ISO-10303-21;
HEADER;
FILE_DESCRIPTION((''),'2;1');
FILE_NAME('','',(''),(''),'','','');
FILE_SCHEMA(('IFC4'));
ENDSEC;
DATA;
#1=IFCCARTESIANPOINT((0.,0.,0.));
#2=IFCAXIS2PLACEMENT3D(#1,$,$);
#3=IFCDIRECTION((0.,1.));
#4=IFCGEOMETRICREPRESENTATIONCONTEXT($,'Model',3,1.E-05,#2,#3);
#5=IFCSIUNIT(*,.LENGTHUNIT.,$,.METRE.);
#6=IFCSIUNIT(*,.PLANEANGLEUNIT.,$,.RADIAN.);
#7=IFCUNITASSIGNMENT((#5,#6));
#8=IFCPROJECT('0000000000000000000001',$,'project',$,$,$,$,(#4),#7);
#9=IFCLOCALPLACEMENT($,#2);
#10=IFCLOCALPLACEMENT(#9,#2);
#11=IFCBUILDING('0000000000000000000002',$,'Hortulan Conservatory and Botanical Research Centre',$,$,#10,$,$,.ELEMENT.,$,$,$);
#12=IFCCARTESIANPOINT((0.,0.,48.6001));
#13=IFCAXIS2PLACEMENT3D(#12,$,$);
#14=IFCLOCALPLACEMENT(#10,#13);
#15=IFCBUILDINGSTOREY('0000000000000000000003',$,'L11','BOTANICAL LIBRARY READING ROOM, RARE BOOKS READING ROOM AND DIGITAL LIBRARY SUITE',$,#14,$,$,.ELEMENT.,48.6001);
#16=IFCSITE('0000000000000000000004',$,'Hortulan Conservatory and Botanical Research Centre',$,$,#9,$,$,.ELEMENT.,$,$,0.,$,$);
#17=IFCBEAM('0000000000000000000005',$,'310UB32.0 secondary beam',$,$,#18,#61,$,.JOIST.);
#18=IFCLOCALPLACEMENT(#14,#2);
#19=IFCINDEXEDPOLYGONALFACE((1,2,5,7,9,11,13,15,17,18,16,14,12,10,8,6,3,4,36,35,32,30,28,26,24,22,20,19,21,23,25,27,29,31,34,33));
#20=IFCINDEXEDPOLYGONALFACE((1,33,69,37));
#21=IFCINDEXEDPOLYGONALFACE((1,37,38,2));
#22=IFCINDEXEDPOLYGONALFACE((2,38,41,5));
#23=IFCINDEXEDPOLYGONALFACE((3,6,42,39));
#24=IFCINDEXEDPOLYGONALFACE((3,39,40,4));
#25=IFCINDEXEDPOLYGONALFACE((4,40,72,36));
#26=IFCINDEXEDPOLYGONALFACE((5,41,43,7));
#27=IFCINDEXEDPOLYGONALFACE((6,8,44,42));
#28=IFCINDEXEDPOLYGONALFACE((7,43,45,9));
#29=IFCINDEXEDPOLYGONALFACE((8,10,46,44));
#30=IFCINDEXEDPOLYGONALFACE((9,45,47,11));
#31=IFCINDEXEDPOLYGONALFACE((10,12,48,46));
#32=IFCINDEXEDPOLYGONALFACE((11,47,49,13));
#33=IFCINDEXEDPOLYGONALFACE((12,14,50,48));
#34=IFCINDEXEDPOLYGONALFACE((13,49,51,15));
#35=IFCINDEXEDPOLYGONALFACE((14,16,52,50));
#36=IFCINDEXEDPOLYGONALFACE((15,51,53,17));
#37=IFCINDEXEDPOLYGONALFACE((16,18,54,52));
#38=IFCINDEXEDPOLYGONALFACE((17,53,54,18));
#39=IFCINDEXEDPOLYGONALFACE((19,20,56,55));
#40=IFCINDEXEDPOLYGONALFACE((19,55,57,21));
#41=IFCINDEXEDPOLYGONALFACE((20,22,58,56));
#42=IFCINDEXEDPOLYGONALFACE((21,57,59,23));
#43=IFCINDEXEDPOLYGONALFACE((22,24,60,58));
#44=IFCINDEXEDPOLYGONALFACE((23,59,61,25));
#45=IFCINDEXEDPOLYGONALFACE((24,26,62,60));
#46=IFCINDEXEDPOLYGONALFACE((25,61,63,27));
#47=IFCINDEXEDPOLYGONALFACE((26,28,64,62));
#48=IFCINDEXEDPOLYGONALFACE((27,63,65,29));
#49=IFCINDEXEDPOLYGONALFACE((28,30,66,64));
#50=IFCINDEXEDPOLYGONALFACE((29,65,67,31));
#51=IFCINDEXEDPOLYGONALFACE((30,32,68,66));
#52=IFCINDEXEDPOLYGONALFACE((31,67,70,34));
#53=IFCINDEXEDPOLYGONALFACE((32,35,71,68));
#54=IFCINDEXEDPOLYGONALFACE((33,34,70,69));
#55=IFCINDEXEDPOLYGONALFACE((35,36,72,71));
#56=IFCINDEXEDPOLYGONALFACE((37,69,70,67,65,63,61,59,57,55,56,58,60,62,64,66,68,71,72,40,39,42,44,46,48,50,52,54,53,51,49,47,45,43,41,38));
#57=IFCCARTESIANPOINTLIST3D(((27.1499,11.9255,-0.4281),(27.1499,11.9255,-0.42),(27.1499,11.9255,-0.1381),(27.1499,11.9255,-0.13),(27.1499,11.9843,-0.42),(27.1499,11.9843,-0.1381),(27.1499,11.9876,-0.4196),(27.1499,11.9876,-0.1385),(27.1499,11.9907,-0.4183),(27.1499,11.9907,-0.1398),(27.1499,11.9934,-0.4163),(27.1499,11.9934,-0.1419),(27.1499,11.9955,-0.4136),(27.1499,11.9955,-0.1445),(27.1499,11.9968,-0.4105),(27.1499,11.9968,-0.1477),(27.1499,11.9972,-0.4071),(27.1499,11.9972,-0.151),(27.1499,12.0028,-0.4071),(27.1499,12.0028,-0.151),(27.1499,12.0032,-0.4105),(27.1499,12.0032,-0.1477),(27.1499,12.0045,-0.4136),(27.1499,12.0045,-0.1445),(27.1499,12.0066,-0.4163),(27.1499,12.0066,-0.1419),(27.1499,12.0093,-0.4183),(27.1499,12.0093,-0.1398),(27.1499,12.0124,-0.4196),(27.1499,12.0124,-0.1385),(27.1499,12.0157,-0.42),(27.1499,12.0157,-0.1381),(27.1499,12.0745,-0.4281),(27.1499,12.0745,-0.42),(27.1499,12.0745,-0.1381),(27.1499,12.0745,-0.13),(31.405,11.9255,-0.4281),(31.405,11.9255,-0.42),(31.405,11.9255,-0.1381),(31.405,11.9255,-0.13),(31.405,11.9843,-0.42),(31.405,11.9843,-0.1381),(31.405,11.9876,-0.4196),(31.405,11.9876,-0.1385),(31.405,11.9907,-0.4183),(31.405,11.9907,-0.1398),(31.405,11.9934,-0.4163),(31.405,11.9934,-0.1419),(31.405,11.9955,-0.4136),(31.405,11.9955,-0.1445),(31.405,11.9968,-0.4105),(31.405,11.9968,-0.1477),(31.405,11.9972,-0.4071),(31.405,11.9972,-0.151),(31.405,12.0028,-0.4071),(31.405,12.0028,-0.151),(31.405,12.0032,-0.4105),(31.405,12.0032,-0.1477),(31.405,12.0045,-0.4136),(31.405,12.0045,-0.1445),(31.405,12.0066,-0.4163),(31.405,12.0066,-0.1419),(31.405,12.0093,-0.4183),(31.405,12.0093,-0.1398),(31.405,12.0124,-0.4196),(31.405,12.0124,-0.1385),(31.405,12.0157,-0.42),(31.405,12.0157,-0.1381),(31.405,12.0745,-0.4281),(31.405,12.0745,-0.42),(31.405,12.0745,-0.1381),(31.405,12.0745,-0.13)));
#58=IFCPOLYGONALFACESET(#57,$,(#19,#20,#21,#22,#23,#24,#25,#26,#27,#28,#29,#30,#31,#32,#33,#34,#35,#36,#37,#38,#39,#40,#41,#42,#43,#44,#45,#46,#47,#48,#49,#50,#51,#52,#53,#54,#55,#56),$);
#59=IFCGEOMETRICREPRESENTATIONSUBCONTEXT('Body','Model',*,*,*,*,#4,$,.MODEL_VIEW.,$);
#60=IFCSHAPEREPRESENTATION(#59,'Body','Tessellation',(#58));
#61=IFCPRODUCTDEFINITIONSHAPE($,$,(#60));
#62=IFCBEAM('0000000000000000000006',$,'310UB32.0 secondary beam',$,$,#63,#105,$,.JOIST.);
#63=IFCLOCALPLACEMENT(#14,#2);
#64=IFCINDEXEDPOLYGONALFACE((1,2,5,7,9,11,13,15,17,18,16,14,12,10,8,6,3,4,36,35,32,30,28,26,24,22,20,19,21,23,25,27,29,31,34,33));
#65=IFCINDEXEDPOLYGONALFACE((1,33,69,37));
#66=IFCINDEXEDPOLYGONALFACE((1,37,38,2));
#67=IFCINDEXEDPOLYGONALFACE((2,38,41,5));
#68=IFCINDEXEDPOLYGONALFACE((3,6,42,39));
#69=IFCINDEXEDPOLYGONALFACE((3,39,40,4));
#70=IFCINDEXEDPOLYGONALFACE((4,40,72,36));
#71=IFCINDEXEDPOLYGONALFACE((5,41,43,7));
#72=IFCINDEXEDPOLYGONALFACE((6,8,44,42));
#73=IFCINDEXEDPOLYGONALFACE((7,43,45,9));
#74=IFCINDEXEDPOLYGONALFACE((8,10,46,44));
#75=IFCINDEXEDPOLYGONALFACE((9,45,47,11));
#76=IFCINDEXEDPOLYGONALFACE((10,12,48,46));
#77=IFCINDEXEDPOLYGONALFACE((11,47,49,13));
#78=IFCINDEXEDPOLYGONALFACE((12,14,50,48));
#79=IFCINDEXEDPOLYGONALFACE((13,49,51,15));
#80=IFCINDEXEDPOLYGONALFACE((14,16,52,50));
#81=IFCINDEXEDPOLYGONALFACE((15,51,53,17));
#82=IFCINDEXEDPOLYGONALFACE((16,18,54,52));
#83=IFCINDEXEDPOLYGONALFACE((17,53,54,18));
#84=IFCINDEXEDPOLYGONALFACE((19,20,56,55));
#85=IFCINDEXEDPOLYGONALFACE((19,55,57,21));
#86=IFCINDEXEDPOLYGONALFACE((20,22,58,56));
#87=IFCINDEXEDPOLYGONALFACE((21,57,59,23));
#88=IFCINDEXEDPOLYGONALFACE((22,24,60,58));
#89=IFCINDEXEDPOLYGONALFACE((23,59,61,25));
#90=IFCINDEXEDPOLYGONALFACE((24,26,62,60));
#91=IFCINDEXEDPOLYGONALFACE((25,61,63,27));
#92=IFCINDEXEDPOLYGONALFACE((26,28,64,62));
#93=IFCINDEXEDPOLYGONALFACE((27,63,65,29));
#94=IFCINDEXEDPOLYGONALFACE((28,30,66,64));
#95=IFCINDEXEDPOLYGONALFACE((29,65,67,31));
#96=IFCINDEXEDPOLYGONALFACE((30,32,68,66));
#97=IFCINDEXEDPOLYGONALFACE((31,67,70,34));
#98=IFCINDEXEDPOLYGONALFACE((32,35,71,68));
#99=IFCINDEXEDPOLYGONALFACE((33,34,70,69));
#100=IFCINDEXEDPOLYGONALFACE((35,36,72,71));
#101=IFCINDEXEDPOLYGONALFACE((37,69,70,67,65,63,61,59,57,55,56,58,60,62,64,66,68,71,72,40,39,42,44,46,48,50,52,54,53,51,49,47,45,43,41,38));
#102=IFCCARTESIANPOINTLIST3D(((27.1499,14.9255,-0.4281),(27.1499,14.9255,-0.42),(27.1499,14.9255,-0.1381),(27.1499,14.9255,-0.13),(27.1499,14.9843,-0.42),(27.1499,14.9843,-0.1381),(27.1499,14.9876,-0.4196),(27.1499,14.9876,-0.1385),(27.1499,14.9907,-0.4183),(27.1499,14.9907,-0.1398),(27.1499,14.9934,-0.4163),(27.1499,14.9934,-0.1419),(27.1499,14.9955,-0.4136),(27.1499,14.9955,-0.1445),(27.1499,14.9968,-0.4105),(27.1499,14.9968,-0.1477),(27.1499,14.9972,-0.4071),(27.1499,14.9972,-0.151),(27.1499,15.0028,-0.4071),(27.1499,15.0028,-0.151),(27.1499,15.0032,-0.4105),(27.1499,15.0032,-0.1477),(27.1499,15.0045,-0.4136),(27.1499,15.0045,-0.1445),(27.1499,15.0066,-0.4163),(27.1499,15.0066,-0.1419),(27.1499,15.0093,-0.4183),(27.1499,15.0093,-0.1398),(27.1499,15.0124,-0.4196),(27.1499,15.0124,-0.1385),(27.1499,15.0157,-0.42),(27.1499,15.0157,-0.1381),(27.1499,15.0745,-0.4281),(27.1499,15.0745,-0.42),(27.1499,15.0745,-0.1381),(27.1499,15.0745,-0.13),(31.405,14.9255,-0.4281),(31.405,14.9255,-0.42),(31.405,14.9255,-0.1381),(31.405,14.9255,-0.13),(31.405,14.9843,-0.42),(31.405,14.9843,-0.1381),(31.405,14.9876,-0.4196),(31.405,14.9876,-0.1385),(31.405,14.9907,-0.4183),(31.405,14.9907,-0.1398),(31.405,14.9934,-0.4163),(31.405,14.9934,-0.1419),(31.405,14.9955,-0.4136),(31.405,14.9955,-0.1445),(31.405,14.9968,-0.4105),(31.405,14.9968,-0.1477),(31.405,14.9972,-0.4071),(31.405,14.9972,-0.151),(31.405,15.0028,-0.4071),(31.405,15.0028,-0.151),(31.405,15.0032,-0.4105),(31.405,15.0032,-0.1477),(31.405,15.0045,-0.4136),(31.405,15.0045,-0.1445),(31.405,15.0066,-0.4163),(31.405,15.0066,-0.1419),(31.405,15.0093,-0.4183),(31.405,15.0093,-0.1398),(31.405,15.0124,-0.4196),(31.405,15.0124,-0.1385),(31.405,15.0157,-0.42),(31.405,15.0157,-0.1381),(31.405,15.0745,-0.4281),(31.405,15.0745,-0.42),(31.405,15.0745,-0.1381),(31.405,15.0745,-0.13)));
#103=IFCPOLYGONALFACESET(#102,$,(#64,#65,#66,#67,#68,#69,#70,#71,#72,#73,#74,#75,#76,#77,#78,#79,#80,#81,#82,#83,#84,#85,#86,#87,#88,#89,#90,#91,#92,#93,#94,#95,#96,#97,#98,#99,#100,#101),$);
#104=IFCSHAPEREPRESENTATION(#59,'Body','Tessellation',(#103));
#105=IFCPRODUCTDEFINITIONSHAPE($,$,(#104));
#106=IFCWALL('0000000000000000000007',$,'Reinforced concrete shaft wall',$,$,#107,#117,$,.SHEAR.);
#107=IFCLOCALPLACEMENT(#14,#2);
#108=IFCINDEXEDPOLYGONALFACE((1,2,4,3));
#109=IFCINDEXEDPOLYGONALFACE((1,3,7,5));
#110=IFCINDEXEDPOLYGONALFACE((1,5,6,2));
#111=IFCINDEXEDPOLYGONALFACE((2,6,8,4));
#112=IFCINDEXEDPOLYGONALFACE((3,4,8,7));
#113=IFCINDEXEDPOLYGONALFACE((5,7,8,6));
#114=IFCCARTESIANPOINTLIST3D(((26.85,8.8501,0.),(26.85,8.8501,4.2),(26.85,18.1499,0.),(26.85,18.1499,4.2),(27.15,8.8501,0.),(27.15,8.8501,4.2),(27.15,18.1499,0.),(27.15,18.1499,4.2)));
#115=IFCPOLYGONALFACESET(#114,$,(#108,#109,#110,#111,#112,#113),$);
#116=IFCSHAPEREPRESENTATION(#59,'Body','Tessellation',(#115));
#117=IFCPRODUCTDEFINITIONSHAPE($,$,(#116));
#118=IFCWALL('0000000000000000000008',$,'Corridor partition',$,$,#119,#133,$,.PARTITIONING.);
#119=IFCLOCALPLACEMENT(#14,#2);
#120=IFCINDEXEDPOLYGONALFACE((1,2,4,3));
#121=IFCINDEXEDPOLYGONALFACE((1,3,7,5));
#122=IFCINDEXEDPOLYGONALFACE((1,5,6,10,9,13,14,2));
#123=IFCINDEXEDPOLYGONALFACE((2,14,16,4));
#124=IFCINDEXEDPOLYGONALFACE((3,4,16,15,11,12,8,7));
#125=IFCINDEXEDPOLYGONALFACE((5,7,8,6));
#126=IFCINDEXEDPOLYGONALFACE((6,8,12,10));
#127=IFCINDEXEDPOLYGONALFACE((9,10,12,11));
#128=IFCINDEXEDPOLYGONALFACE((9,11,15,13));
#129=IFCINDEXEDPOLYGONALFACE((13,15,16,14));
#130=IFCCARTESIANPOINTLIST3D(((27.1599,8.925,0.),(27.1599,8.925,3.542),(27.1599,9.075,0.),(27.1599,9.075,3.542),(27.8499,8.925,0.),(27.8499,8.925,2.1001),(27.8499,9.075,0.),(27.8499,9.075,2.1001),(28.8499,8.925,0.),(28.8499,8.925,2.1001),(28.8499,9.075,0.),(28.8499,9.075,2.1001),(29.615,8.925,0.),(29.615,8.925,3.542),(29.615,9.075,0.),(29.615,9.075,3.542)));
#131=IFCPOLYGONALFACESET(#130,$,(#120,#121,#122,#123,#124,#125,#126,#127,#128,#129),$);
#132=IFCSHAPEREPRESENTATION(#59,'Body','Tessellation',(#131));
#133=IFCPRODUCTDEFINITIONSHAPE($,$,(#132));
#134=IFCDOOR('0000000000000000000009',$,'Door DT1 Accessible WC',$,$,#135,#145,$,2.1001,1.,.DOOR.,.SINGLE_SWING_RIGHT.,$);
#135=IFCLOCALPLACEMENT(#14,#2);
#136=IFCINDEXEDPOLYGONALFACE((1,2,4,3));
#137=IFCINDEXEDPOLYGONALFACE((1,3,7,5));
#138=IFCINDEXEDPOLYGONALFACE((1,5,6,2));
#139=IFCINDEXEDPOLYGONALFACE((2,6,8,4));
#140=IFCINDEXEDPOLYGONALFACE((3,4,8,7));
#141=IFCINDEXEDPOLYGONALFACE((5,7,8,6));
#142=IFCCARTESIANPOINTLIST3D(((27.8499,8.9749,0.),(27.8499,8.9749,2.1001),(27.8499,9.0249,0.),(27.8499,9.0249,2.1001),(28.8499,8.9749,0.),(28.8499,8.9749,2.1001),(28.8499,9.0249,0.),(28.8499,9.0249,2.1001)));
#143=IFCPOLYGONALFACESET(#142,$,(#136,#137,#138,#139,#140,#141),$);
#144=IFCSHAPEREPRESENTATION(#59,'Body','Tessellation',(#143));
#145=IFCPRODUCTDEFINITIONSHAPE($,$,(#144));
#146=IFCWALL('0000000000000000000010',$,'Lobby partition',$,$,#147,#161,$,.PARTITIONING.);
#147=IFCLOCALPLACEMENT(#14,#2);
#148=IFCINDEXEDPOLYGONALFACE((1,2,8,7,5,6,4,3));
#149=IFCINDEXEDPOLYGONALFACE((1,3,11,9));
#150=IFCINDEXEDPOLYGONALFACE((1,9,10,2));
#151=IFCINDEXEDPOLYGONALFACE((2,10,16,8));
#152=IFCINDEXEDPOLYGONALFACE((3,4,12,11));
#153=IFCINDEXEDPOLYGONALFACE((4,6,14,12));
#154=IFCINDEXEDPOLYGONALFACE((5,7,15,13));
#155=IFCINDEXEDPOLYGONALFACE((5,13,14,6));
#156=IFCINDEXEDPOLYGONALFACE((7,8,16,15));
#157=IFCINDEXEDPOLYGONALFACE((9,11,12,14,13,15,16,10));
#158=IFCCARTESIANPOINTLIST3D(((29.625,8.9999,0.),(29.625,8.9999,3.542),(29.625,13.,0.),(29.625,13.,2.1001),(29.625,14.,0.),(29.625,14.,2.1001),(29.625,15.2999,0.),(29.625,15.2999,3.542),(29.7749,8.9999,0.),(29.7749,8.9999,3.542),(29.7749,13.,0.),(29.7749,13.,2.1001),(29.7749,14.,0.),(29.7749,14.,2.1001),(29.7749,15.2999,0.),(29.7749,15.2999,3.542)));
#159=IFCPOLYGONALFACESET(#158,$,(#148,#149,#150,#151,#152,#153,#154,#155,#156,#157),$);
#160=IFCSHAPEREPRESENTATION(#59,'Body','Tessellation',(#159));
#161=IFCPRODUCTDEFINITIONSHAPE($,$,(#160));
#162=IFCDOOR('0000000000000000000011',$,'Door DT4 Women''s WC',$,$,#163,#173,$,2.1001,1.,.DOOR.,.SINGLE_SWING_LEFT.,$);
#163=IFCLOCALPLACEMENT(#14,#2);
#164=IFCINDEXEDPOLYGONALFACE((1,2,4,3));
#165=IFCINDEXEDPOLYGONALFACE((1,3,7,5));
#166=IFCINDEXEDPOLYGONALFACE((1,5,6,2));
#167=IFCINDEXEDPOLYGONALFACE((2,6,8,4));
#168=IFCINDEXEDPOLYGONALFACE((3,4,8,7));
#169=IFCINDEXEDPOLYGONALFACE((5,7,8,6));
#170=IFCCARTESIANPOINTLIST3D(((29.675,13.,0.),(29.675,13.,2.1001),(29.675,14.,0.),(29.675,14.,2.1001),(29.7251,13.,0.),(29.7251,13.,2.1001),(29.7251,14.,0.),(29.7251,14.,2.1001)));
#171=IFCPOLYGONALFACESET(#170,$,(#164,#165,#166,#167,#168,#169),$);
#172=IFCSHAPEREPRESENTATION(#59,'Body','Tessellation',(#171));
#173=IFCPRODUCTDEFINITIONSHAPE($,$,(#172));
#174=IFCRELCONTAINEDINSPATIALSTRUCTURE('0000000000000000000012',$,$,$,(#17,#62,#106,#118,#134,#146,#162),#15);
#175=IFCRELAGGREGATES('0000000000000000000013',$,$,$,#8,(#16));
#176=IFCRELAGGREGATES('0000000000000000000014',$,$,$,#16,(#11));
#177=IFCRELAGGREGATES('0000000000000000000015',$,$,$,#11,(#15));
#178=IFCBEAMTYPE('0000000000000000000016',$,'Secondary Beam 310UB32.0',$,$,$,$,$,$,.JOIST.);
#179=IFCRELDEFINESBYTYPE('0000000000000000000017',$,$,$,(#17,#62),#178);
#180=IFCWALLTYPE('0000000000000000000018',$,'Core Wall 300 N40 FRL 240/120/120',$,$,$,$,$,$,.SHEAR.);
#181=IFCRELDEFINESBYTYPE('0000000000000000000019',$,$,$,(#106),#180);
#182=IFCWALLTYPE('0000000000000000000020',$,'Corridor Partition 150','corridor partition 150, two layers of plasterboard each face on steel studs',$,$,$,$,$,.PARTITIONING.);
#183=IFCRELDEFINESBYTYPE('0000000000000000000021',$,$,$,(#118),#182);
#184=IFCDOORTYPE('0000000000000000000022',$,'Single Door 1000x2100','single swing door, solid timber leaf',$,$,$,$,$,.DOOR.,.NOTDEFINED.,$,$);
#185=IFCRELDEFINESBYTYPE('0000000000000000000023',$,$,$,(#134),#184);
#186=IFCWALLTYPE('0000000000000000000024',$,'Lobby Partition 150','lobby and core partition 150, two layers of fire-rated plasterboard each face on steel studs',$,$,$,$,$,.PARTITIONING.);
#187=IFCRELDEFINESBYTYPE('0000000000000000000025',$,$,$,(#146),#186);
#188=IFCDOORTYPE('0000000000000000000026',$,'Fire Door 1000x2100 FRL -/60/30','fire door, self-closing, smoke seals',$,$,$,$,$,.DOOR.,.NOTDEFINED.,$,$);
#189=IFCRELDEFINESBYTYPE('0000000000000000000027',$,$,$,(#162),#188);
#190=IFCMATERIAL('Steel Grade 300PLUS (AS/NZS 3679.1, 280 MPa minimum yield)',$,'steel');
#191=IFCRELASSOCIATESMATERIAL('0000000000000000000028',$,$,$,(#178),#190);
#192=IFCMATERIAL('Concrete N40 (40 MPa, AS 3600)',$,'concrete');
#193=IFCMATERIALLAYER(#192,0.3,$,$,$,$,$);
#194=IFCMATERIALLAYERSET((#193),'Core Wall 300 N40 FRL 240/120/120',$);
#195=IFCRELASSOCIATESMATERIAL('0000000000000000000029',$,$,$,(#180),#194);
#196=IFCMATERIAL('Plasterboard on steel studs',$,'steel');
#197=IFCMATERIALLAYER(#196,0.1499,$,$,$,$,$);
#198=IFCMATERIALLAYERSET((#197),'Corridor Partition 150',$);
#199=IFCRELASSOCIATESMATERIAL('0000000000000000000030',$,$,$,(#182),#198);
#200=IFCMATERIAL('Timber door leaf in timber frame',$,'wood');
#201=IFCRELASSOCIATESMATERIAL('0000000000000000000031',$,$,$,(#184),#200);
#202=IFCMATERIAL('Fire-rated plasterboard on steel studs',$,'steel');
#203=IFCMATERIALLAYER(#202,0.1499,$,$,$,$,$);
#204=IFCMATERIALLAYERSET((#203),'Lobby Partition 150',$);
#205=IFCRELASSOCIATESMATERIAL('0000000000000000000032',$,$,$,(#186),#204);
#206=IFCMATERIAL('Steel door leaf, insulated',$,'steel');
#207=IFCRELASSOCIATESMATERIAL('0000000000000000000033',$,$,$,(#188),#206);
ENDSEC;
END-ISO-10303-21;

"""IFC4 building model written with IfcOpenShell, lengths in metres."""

from ifc_helpers import new_model, si_unit, direction, frame, frame_2d, origin, origin_2d, place, context, subcontext, project, spatial, rectangle, i_section, extrude, material, layer, layer_set, material_profile, profile_set, type_object, element, fill, save


model = new_model("IFC4")

# Units and contexts
model_context = context("Model", 3, precision=1e-05, world=origin(), true_north=direction((0.0, 1.0)))
body_context = subcontext(model_context, "Body", "Model", "MODEL_VIEW")
ifc_project = project(units=[si_unit("LENGTHUNIT", "METRE"), si_unit("PLANEANGLEUNIT", "RADIAN")], contexts=[model_context])

# Site, building, storey
site_placement = place(None, origin())
site = spatial("IfcSite", under=ifc_project, at=site_placement, Name="Hortulan Conservatory and Botanical Research Centre", CompositionType="ELEMENT", RefElevation=0.0)
building_placement = place(site_placement, origin())
building = spatial("IfcBuilding", under=site, at=building_placement, Name="Hortulan Conservatory and Botanical Research Centre", CompositionType="ELEMENT")
storey_placement = place(building_placement, frame((0.0, 0.0, 48.6001)))
storey = spatial("IfcBuildingStorey", under=building, at=storey_placement, Name="L11", Description="BOTANICAL LIBRARY READING ROOM, RARE BOOKS READING ROOM AND DIGITAL LIBRARY SUITE", CompositionType="ELEMENT", Elevation=48.6001)

# Shared definitions
ifc_material_1 = material(Name="Steel Grade 300PLUS (AS/NZS 3679.1, 280 MPa minimum yield)", Category="steel")

# Beams
ifc_material_profile_1 = material_profile(ifc_material_1, i_section(OverallWidth=0.1489, OverallDepth=0.2981, WebThickness=0.0056, FlangeThickness=0.0081, FilletRadius=0.0129, at=origin_2d()), Name="310UB32.0")
ifc_profile_set_1 = profile_set([ifc_material_profile_1], Name="Steel Grade 300PLUS (AS/NZS 3679.1, 280 MPa minimum yield)")
beam_type_1 = type_object("IfcBeamType", Name="Secondary Beam 310UB32.0", PredefinedType="JOIST", material=ifc_profile_set_1)
for number, where, z_axis, x_axis, name in (
    (1, (27.1499, 12.0, -0.2791), (1.0, 0.0, 0.0), (0.0, 1.0, 0.0), "310UB32.0 secondary beam"),
    (2, (27.1499, 15.0, -0.2791), (1.0, 0.0, 0.0), (0.0, 1.0, 0.0), "310UB32.0 secondary beam"),
):
    element("IfcBeam", number, at=place(storey_placement, frame(where, z_axis=z_axis, x_axis=x_axis)), inside=storey, type_object=beam_type_1, Name=name, PredefinedType="JOIST", context=body_context, shape_type="SweptSolid", body=[
        extrude(i_section(OverallWidth=0.1489, OverallDepth=0.2981, WebThickness=0.0056, FlangeThickness=0.0081, FilletRadius=0.0129, at=origin_2d()), origin(), (0.0, 0.0, 1.0), 4.2551),
    ])

# Wall
ifc_material_2 = material(Name="Concrete N40 (40 MPa, AS 3600)", Category="concrete")
ifc_layer_1 = layer(ifc_material_2, 0.3)
ifc_layer_set_1 = layer_set([ifc_layer_1], Name="Core Wall 300 N40 FRL 240/120/120")
wall_type_1 = type_object("IfcWallType", Name="Core Wall 300 N40 FRL 240/120/120", PredefinedType="SHEAR", material=ifc_layer_set_1)
wall_1_placement = place(storey_placement, frame((27.0, 8.8501, 0.0), z_axis=(0.0, 0.0, 1.0), x_axis=(0.0, 1.0, 0.0)))
element("IfcWall", 3, at=wall_1_placement, inside=storey, type_object=wall_type_1, Name="Reinforced concrete shaft wall", PredefinedType="SHEAR", context=body_context, shape_type="SweptSolid", body=[
    extrude(rectangle(XDim=9.2998, YDim=0.3, at=frame_2d((4.6499, 0.0))), origin(), (0.0, 0.0, 1.0), 4.2),
])

# Walls, openings, doors
ifc_material_3 = material(Name="Plasterboard on steel studs", Category="steel")
ifc_layer_2 = layer(ifc_material_3, 0.1499)
ifc_layer_set_2 = layer_set([ifc_layer_2], Name="Corridor Partition 150")
wall_type_2 = type_object("IfcWallType", Name="Corridor Partition 150", Description="corridor partition 150, two layers of plasterboard each face on steel studs", PredefinedType="PARTITIONING", material=ifc_layer_set_2)
wall_2_placement = place(storey_placement, frame((27.1599, 9.0, 0.0), z_axis=(0.0, 0.0, 1.0), x_axis=(1.0, 0.0, 0.0)))
wall_2 = element("IfcWall", 4, at=wall_2_placement, inside=storey, type_object=wall_type_2, Name="Corridor partition", PredefinedType="PARTITIONING", context=body_context, shape_type="SweptSolid", body=[
    extrude(rectangle(XDim=2.4551, YDim=0.1499, at=frame_2d((1.2275, 0.0))), origin(), (0.0, 0.0, 1.0), 3.542),
])
opening_1_placement = place(wall_2_placement, frame((0.6899, 0.0, 0.0)))
opening_1 = element("IfcOpeningElement", 5, at=opening_1_placement, cuts=wall_2, PredefinedType="OPENING", context=body_context, shape_type="SweptSolid", body=[
    extrude(rectangle(XDim=1.0, YDim=2.1001, at=frame_2d((0.5, 1.05))), frame((0.0, 0.085, 0.0), z_axis=(0.0, -1.0, 0.0), x_axis=(1.0, 0.0, 0.0)), (0.0, 0.0, 1.0), 0.1699),
])
ifc_material_4 = material(Name="Timber door leaf in timber frame", Category="wood")
door_type_1 = type_object("IfcDoorType", Name="Single Door 1000x2100", Description="single swing door, solid timber leaf", OperationType="NOTDEFINED", PredefinedType="DOOR", material=ifc_material_4)
door_1_placement = place(opening_1_placement, origin())
door_1 = element("IfcDoor", 6, at=door_1_placement, inside=storey, type_object=door_type_1, Name="Door DT1 Accessible WC", OperationType="SINGLE_SWING_RIGHT", OverallHeight=2.1001, OverallWidth=1.0, PredefinedType="DOOR", context=body_context, shape_type="SweptSolid", body=[
    extrude(rectangle(XDim=1.0, YDim=2.1001, at=frame_2d((0.5, 1.05))), frame((0.0, 0.0249, 0.0), z_axis=(0.0, -1.0, 0.0), x_axis=(1.0, 0.0, 0.0)), (0.0, 0.0, 1.0), 0.05),
])
fill(opening_1, door_1)
ifc_material_5 = material(Name="Fire-rated plasterboard on steel studs", Category="steel")
ifc_layer_3 = layer(ifc_material_5, 0.1499)
ifc_layer_set_3 = layer_set([ifc_layer_3], Name="Lobby Partition 150")
wall_type_3 = type_object("IfcWallType", Name="Lobby Partition 150", Description="lobby and core partition 150, two layers of fire-rated plasterboard each face on steel studs", PredefinedType="PARTITIONING", material=ifc_layer_set_3)
wall_3_placement = place(storey_placement, frame((29.7, 9.0, 0.0), z_axis=(0.0, 0.0, 1.0), x_axis=(0.0, 1.0, 0.0)))
wall_3 = element("IfcWall", 7, at=wall_3_placement, inside=storey, type_object=wall_type_3, Name="Lobby partition", PredefinedType="PARTITIONING", context=body_context, shape_type="SweptSolid", body=[
    extrude(rectangle(XDim=6.3, YDim=0.1499, at=frame_2d((3.1499, 0.0))), origin(), (0.0, 0.0, 1.0), 3.542),
])
opening_2_placement = place(wall_3_placement, frame((4.0, 0.0, 0.0)))
opening_2 = element("IfcOpeningElement", 8, at=opening_2_placement, cuts=wall_3, PredefinedType="OPENING", context=body_context, shape_type="SweptSolid", body=[
    extrude(rectangle(XDim=1.0, YDim=2.1001, at=frame_2d((0.5, 1.05))), frame((0.0, 0.085, 0.0), z_axis=(0.0, -1.0, 0.0), x_axis=(1.0, 0.0, 0.0)), (0.0, 0.0, 1.0), 0.1699),
])
ifc_material_6 = material(Name="Steel door leaf, insulated", Category="steel")
door_type_2 = type_object("IfcDoorType", Name="Fire Door 1000x2100 FRL -/60/30", Description="fire door, self-closing, smoke seals", OperationType="NOTDEFINED", PredefinedType="DOOR", material=ifc_material_6)
door_2_placement = place(opening_2_placement, origin())
door_2 = element("IfcDoor", 9, at=door_2_placement, inside=storey, type_object=door_type_2, Name="Door DT4 Women's WC", OperationType="SINGLE_SWING_LEFT", OverallHeight=2.1001, OverallWidth=1.0, PredefinedType="DOOR", context=body_context, shape_type="SweptSolid", body=[
    extrude(rectangle(XDim=1.0, YDim=2.1001, at=frame_2d((0.5, 1.05))), frame((0.0, 0.0249, 0.0), z_axis=(0.0, -1.0, 0.0), x_axis=(1.0, 0.0, 0.0)), (0.0, 0.0, 1.0), 0.05),
])
fill(opening_2, door_2)

save(model, "model.ifc")
